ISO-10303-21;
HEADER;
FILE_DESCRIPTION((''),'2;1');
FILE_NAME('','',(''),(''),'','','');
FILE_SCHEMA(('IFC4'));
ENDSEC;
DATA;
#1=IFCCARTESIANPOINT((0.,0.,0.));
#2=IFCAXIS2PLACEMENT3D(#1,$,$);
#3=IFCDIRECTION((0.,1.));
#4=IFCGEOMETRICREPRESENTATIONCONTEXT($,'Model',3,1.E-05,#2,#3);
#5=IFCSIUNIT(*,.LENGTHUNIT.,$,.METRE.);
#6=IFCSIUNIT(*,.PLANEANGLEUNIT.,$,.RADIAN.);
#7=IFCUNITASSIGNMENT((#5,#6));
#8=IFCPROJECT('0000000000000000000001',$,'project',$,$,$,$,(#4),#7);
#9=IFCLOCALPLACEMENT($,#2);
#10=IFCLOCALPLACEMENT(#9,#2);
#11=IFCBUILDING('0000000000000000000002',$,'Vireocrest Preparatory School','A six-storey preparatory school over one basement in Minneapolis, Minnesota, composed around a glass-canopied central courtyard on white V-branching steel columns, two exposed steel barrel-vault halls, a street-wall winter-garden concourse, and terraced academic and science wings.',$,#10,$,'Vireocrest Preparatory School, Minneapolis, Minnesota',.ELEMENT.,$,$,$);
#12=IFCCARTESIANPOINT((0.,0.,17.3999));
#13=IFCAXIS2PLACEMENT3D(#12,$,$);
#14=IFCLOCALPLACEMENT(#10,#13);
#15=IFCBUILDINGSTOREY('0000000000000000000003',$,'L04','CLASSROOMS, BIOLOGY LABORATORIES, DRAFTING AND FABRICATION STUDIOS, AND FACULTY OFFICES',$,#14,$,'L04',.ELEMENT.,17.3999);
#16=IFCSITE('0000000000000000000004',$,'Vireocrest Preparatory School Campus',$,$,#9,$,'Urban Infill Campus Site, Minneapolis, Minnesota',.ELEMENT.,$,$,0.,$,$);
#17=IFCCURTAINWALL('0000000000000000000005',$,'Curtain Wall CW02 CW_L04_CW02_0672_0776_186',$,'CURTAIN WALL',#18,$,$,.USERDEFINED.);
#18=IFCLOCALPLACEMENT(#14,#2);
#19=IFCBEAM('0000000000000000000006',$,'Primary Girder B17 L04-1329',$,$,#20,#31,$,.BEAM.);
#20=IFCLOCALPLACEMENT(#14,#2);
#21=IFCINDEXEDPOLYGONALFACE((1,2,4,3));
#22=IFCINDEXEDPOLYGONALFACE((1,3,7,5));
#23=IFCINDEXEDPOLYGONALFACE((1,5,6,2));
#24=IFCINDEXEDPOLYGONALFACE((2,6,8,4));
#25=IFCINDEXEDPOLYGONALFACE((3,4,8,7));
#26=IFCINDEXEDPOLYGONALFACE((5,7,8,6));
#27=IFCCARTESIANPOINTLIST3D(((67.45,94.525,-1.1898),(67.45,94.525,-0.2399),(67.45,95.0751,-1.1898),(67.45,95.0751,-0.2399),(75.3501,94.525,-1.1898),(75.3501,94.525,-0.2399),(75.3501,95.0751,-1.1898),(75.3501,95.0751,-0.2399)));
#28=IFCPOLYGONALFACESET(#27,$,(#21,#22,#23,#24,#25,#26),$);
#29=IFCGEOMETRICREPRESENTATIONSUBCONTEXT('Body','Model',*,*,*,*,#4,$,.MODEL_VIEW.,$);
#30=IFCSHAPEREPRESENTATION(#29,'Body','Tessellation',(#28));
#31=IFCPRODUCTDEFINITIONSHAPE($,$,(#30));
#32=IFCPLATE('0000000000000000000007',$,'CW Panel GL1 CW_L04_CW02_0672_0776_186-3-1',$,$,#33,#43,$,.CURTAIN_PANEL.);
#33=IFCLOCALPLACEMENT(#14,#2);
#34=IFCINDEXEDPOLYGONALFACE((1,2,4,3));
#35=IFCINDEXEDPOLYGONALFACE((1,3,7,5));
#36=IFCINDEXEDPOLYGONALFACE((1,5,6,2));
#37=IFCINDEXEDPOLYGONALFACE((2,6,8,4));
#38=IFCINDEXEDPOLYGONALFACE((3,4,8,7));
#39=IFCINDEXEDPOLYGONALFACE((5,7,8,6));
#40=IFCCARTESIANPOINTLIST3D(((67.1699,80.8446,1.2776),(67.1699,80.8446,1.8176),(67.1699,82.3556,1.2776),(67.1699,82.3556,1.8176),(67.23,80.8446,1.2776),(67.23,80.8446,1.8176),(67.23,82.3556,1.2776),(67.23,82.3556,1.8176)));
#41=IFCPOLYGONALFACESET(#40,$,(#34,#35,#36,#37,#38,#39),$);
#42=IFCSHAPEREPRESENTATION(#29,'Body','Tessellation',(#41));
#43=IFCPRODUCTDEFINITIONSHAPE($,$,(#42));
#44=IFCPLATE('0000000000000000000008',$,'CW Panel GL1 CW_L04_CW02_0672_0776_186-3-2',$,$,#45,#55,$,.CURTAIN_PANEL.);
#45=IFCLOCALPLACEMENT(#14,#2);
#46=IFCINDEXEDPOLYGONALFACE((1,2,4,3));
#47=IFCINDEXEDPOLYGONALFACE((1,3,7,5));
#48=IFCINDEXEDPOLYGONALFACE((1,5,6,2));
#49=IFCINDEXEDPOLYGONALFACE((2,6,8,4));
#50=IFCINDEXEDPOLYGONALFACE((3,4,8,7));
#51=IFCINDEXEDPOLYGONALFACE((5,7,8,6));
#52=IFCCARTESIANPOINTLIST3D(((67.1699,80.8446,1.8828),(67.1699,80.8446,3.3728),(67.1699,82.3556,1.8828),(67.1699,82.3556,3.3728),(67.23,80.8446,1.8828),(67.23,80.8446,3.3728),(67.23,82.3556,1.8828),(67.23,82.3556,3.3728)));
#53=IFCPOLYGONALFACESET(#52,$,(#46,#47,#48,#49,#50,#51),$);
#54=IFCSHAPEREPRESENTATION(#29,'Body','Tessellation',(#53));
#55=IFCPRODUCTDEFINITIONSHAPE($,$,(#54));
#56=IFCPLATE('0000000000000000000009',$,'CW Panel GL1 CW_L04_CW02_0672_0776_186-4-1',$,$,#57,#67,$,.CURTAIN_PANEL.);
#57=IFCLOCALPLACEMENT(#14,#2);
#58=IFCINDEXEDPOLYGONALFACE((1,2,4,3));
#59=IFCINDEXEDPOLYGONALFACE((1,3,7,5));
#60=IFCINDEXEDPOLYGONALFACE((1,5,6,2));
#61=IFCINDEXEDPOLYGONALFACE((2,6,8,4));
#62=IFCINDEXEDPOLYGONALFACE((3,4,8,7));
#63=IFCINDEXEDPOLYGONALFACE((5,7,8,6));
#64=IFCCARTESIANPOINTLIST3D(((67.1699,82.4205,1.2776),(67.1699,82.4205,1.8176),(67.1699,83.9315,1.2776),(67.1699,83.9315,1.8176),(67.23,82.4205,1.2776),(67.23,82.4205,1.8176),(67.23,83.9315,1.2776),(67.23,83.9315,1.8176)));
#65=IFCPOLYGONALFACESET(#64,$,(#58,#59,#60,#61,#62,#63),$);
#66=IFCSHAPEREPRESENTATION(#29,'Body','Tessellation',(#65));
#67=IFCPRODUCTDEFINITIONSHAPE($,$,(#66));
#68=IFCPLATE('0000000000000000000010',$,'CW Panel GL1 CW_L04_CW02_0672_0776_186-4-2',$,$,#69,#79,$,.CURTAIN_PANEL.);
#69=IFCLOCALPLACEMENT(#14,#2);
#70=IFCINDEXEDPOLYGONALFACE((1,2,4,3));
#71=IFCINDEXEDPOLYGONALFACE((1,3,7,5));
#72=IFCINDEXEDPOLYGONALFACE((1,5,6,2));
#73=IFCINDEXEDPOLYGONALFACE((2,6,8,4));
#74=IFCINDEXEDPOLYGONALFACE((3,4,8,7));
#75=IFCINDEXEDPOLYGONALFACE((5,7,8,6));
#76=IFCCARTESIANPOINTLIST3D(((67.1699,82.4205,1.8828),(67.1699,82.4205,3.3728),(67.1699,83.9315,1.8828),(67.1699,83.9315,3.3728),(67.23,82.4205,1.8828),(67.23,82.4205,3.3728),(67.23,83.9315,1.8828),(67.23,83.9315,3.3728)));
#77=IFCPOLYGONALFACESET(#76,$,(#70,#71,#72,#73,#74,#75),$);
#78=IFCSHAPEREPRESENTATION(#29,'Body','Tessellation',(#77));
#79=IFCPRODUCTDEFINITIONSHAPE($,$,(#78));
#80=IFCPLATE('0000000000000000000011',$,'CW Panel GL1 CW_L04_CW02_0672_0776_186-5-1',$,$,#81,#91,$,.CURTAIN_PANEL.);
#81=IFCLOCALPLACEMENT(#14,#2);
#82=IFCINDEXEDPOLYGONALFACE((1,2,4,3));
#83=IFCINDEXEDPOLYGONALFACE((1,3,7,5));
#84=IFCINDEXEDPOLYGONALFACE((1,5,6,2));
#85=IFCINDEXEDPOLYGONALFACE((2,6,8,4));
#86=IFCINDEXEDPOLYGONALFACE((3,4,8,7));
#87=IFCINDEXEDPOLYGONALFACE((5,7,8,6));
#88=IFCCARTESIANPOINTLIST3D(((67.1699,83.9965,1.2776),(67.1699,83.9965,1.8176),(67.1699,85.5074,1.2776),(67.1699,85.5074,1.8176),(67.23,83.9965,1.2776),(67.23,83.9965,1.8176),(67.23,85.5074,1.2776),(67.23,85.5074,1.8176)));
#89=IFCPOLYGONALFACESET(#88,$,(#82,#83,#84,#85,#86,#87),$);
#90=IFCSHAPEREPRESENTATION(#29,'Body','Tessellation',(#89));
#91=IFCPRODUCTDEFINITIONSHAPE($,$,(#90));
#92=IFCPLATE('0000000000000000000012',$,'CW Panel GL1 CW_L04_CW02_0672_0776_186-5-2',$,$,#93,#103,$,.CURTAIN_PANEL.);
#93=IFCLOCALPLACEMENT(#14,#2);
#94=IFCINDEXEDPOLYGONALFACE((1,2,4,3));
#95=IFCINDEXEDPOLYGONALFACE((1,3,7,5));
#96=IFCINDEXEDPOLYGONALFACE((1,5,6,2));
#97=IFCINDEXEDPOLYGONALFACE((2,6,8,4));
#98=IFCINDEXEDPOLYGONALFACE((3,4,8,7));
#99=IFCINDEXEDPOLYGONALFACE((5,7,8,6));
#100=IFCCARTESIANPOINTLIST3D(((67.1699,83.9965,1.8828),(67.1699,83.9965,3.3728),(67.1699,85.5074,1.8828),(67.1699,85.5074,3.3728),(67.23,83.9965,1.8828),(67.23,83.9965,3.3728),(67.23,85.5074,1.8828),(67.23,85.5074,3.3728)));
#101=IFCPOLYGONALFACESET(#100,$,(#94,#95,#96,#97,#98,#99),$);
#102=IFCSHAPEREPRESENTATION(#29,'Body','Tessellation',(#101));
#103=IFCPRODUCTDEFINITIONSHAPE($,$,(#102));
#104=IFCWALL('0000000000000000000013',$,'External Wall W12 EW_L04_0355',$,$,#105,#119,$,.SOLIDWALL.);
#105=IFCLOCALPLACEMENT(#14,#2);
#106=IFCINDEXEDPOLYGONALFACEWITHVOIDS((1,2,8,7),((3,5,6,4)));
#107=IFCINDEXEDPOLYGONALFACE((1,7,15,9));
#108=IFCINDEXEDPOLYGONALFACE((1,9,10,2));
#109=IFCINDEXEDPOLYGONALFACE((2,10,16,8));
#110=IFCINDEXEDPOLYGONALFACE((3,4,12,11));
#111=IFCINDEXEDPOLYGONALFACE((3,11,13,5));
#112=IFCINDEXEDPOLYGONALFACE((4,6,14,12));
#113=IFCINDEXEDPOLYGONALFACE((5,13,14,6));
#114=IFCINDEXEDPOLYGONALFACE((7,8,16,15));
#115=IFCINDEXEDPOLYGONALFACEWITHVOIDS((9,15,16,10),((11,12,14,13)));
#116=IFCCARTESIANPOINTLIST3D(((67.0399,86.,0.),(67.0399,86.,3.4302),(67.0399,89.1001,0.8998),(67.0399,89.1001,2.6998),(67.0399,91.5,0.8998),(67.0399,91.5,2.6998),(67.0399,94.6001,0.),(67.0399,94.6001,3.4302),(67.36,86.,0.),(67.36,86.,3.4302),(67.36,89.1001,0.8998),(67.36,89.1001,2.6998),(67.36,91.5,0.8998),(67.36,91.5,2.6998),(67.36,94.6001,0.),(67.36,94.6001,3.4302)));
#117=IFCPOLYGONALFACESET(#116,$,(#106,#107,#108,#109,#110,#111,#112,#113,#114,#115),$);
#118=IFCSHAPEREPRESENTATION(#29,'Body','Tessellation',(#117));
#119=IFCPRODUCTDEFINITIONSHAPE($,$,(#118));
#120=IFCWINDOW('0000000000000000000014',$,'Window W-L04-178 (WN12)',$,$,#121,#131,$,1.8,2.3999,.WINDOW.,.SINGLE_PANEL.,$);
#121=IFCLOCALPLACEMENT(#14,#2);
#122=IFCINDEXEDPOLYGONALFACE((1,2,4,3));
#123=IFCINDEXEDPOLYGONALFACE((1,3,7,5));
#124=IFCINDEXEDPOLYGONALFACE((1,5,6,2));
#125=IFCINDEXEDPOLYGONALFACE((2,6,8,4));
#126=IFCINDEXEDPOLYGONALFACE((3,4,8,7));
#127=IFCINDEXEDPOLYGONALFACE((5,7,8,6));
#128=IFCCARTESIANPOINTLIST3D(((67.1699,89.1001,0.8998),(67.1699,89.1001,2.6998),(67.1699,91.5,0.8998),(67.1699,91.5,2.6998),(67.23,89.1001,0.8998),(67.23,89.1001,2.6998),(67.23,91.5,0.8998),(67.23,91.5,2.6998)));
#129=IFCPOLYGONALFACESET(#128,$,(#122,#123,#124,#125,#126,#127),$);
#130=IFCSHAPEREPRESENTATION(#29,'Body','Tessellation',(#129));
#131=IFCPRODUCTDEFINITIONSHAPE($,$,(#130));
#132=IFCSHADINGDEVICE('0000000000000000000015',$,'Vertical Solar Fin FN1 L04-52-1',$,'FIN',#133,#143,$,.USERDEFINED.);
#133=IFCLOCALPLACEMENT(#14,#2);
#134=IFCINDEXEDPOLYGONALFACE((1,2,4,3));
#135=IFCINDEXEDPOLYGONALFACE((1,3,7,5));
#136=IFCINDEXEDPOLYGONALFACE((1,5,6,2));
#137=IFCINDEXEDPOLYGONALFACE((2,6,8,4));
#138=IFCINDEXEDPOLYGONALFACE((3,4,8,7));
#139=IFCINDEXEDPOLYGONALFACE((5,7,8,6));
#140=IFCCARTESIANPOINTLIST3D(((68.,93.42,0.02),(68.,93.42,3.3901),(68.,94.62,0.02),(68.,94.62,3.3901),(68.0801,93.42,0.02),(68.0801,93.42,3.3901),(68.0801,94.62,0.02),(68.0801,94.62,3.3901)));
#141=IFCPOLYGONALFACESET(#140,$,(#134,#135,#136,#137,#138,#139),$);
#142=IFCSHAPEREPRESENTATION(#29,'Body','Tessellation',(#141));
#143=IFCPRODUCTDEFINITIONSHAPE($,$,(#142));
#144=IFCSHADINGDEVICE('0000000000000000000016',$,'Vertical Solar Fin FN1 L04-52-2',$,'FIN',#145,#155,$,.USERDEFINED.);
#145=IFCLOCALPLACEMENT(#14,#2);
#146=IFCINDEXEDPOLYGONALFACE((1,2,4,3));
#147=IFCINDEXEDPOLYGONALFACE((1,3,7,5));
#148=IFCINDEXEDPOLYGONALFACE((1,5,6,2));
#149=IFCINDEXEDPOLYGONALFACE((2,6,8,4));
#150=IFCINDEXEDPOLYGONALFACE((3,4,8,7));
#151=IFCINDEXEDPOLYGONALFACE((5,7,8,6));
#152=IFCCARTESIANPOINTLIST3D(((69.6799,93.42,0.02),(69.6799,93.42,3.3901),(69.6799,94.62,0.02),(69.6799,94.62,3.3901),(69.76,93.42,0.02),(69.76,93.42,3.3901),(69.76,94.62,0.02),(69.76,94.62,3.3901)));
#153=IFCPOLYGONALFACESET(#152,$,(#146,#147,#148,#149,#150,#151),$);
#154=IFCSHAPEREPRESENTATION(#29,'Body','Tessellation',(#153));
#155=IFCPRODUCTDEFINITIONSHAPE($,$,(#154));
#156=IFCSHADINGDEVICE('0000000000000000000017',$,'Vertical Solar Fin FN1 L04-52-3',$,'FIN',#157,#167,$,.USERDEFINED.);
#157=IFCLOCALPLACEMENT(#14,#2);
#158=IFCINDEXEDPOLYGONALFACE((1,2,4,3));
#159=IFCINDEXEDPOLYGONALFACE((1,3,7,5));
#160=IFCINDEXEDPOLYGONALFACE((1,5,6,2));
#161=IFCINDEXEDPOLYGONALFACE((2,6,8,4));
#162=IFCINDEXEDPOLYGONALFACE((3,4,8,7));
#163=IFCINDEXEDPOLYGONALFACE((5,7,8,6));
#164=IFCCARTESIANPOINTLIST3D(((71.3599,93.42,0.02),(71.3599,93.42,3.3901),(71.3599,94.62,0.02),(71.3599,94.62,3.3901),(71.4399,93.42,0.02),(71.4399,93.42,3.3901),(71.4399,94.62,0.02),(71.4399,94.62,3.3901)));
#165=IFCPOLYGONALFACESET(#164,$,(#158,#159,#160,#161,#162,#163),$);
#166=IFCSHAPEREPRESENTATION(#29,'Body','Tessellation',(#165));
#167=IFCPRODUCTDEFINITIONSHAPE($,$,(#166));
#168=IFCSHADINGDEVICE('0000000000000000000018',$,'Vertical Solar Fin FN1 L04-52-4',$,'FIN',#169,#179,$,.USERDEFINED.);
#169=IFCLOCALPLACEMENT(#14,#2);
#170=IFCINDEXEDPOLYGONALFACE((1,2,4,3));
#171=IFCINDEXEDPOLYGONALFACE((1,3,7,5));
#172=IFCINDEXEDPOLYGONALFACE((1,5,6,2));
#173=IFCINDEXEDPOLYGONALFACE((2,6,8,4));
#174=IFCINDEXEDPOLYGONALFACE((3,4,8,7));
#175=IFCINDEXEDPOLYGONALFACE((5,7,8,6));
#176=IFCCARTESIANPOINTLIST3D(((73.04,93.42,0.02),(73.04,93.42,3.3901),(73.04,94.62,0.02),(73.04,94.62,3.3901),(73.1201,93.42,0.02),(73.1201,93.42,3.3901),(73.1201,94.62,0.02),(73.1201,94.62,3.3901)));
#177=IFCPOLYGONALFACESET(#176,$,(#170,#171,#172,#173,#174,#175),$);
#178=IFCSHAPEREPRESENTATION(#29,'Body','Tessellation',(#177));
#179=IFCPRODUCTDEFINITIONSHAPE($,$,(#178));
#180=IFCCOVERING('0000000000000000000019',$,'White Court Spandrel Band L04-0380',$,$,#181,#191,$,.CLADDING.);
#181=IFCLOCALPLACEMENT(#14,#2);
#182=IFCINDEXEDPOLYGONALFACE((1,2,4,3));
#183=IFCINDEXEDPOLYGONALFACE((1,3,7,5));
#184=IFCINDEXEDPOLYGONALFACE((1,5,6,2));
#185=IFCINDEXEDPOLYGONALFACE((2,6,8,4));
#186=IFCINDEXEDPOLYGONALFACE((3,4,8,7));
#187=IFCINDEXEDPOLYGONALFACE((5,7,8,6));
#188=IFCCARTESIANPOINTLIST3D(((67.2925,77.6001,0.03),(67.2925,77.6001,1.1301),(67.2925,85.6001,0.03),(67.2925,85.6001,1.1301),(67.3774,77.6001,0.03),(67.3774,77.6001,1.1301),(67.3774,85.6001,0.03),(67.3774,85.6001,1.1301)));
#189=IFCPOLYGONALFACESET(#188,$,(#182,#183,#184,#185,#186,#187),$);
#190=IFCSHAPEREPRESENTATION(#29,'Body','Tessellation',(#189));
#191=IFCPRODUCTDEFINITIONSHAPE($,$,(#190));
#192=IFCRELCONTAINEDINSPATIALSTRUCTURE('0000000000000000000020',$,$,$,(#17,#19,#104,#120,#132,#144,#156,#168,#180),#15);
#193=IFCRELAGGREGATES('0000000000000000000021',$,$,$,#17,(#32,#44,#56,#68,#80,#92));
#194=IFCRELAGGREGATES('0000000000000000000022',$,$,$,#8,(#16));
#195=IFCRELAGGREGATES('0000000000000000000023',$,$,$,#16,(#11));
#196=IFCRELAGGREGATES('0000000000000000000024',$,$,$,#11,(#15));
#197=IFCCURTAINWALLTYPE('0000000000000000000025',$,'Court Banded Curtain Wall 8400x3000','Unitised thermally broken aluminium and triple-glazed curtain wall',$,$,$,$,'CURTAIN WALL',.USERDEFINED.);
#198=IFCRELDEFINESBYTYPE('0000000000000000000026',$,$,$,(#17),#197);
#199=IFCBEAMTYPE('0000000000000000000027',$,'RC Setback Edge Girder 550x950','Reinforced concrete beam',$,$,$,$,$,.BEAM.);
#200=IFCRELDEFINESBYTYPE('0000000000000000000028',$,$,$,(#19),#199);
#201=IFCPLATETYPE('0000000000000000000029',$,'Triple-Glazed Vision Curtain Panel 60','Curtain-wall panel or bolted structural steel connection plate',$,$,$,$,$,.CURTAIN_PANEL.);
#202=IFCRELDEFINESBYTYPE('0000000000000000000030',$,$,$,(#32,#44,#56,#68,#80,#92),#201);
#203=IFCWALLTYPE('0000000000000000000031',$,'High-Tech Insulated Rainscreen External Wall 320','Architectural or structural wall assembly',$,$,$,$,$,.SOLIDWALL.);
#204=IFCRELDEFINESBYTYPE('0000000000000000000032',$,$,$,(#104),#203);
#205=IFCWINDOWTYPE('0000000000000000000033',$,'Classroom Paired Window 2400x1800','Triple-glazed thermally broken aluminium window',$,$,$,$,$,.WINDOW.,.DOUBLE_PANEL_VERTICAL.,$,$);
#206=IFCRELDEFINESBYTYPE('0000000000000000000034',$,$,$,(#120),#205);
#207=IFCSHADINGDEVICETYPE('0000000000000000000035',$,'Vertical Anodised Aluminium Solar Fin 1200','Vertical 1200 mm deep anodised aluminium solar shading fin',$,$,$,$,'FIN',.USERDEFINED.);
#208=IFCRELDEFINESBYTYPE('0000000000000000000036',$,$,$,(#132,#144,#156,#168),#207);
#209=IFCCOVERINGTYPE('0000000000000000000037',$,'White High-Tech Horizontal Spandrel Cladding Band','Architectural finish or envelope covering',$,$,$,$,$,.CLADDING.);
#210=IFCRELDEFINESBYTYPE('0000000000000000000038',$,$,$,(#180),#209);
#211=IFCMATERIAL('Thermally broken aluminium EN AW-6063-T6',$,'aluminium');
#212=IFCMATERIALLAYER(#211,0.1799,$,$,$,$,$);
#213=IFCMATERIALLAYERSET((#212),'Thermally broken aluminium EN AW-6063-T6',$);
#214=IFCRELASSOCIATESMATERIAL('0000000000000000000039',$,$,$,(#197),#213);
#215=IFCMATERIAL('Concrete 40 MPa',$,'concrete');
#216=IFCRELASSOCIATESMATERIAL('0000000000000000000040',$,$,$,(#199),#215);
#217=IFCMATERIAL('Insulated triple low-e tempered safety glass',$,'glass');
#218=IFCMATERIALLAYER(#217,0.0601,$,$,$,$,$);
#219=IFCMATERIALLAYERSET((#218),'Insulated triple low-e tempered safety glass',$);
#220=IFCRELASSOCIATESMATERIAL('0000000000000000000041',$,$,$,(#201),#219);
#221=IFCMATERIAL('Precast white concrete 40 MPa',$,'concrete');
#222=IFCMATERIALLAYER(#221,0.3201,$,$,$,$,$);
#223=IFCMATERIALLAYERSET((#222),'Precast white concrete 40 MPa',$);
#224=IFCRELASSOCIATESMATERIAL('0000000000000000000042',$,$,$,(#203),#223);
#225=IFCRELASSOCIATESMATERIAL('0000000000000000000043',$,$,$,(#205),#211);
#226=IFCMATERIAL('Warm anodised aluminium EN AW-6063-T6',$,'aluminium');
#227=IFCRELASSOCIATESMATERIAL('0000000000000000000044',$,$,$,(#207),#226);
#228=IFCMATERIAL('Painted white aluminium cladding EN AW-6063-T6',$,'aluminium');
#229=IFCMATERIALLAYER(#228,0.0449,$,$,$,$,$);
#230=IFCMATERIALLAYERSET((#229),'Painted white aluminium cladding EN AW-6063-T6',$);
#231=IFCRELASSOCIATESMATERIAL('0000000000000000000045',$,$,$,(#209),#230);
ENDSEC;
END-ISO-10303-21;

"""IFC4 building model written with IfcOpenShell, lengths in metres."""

from ifc_helpers import new_model, si_unit, direction, frame, frame_2d, origin, origin_2d, place, context, subcontext, project, spatial, rectangle, extrude, material, layer, layer_set, material_profile, profile_set, type_object, element, fill, aggregate, save


model = new_model("IFC4")

# Units and contexts
model_context = context("Model", 3, precision=1e-05, world=origin(), true_north=direction((0.0, 1.0)))
body_context = subcontext(model_context, "Body", "Model", "MODEL_VIEW")
ifc_project = project(units=[si_unit("LENGTHUNIT", "METRE"), si_unit("PLANEANGLEUNIT", "RADIAN")], contexts=[model_context])

# Site, building, storey
site_placement = place(None, origin())
site = spatial("IfcSite", under=ifc_project, at=site_placement, Name="Vireocrest Preparatory School Campus", LongName="Urban Infill Campus Site, Minneapolis, Minnesota", CompositionType="ELEMENT", RefElevation=0.0)
building_placement = place(site_placement, origin())
building = spatial("IfcBuilding", under=site, at=building_placement, Name="Vireocrest Preparatory School", Description="A six-storey preparatory school over one basement in Minneapolis, Minnesota, composed around a glass-canopied central courtyard on white V-branching steel columns, two exposed steel barrel-vault halls, a street-wall winter-garden concourse, and terraced academic and science wings.", LongName="Vireocrest Preparatory School, Minneapolis, Minnesota", CompositionType="ELEMENT")
storey_placement = place(building_placement, frame((0.0, 0.0, 17.3999)))
storey = spatial("IfcBuildingStorey", under=building, at=storey_placement, Name="L04", Description="CLASSROOMS, BIOLOGY LABORATORIES, DRAFTING AND FABRICATION STUDIOS, AND FACULTY OFFICES", LongName="L04", CompositionType="ELEMENT", Elevation=17.3999)

# Curtain wall
ifc_material_1 = material(Name="Thermally broken aluminium EN AW-6063-T6", Category="aluminium")
ifc_layer_1 = layer(ifc_material_1, 0.1799)
ifc_layer_set_1 = layer_set([ifc_layer_1], Name="Thermally broken aluminium EN AW-6063-T6")
curtain_wall_type_1 = type_object("IfcCurtainWallType", Name="Court Banded Curtain Wall 8400x3000", Description="Unitised thermally broken aluminium and triple-glazed curtain wall", ElementType="CURTAIN WALL", PredefinedType="USERDEFINED", material=ifc_layer_set_1)
curtain_wall_1_placement = place(storey_placement, origin())
curtain_wall_1 = element("IfcCurtainWall", 1, at=curtain_wall_1_placement, inside=storey, type_object=curtain_wall_type_1, Name="Curtain Wall CW02 CW_L04_CW02_0672_0776_186", ObjectType="CURTAIN WALL", PredefinedType="USERDEFINED")

# Beam
ifc_material_2 = material(Name="Concrete 40 MPa", Category="concrete")
ifc_material_profile_1 = material_profile(ifc_material_2, rectangle(XDim=0.55, YDim=0.95, at=origin_2d()), Name="RC 550x950")
ifc_profile_set_1 = profile_set([ifc_material_profile_1], Name="Concrete 40 MPa")
beam_type_1 = type_object("IfcBeamType", Name="RC Setback Edge Girder 550x950", Description="Reinforced concrete beam", PredefinedType="BEAM", material=ifc_profile_set_1)
beam_1_placement = place(storey_placement, frame((67.45, 94.8, -0.7148), z_axis=(1.0, 0.0, 0.0), x_axis=(0.0, 1.0, 0.0)))
element("IfcBeam", 2, at=beam_1_placement, inside=storey, type_object=beam_type_1, Name="Primary Girder B17 L04-1329", PredefinedType="BEAM", context=body_context, shape_type="SweptSolid", body=[
    extrude(rectangle(XDim=0.55, YDim=0.95, at=origin_2d()), origin(), (0.0, 0.0, 1.0), 7.9001),
])

# Plates
ifc_material_3 = material(Name="Insulated triple low-e tempered safety glass", Category="glass")
ifc_layer_2 = layer(ifc_material_3, 0.0601)
ifc_layer_set_2 = layer_set([ifc_layer_2], Name="Insulated triple low-e tempered safety glass")
plate_type = type_object("IfcPlateType", Name="Triple-Glazed Vision Curtain Panel 60", Description="Curtain-wall panel or bolted structural steel connection plate", PredefinedType="CURTAIN_PANEL", material=ifc_layer_set_2)
plate_1_placement = place(storey_placement, frame((67.2, 81.6001, 1.2776), z_axis=(0.0, 0.0, 1.0), x_axis=(0.0, 1.0, 0.0)))
plate_1 = element("IfcPlate", 3, at=plate_1_placement, type_object=plate_type, Name="CW Panel GL1 CW_L04_CW02_0672_0776_186-3-1", PredefinedType="CURTAIN_PANEL", context=body_context, shape_type="SweptSolid", body=[
    extrude(rectangle(XDim=1.511, YDim=0.0601, at=origin_2d()), origin(), (0.0, 0.0, 1.0), 0.54),
])
plate_2_placement = place(storey_placement, frame((67.2, 81.6001, 1.8828), z_axis=(0.0, 0.0, 1.0), x_axis=(0.0, 1.0, 0.0)))
plate_2 = element("IfcPlate", 4, at=plate_2_placement, type_object=plate_type, Name="CW Panel GL1 CW_L04_CW02_0672_0776_186-3-2", PredefinedType="CURTAIN_PANEL", context=body_context, shape_type="SweptSolid", body=[
    extrude(rectangle(XDim=1.511, YDim=0.0601, at=origin_2d()), origin(), (0.0, 0.0, 1.0), 1.49),
])
plate_3_placement = place(storey_placement, frame((67.2, 83.176, 1.2776), z_axis=(0.0, 0.0, 1.0), x_axis=(0.0, 1.0, 0.0)))
plate_3 = element("IfcPlate", 5, at=plate_3_placement, type_object=plate_type, Name="CW Panel GL1 CW_L04_CW02_0672_0776_186-4-1", PredefinedType="CURTAIN_PANEL", context=body_context, shape_type="SweptSolid", body=[
    extrude(rectangle(XDim=1.511, YDim=0.0601, at=origin_2d()), origin(), (0.0, 0.0, 1.0), 0.54),
])
plate_4_placement = place(storey_placement, frame((67.2, 83.176, 1.8828), z_axis=(0.0, 0.0, 1.0), x_axis=(0.0, 1.0, 0.0)))
plate_4 = element("IfcPlate", 6, at=plate_4_placement, type_object=plate_type, Name="CW Panel GL1 CW_L04_CW02_0672_0776_186-4-2", PredefinedType="CURTAIN_PANEL", context=body_context, shape_type="SweptSolid", body=[
    extrude(rectangle(XDim=1.511, YDim=0.0601, at=origin_2d()), origin(), (0.0, 0.0, 1.0), 1.49),
])
plate_5_placement = place(storey_placement, frame((67.2, 84.752, 1.2776), z_axis=(0.0, 0.0, 1.0), x_axis=(0.0, 1.0, 0.0)))
plate_5 = element("IfcPlate", 7, at=plate_5_placement, type_object=plate_type, Name="CW Panel GL1 CW_L04_CW02_0672_0776_186-5-1", PredefinedType="CURTAIN_PANEL", context=body_context, shape_type="SweptSolid", body=[
    extrude(rectangle(XDim=1.511, YDim=0.0601, at=origin_2d()), origin(), (0.0, 0.0, 1.0), 0.54),
])
plate_6_placement = place(storey_placement, frame((67.2, 84.752, 1.8828), z_axis=(0.0, 0.0, 1.0), x_axis=(0.0, 1.0, 0.0)))
plate_6 = element("IfcPlate", 8, at=plate_6_placement, type_object=plate_type, Name="CW Panel GL1 CW_L04_CW02_0672_0776_186-5-2", PredefinedType="CURTAIN_PANEL", context=body_context, shape_type="SweptSolid", body=[
    extrude(rectangle(XDim=1.511, YDim=0.0601, at=origin_2d()), origin(), (0.0, 0.0, 1.0), 1.49),
])
aggregate(curtain_wall_1, [plate_1, plate_2, plate_3, plate_4, plate_5, plate_6])

# Wall, opening, window
ifc_material_4 = material(Name="Precast white concrete 40 MPa", Category="concrete")
ifc_layer_3 = layer(ifc_material_4, 0.3201)
ifc_layer_set_3 = layer_set([ifc_layer_3], Name="Precast white concrete 40 MPa")
wall_type = type_object("IfcWallType", Name="High-Tech Insulated Rainscreen External Wall 320", Description="Architectural or structural wall assembly", PredefinedType="SOLIDWALL", material=ifc_layer_set_3)
wall_placement = place(storey_placement, frame((67.2, 86.0, 0.0), z_axis=(0.0, 0.0, 1.0), x_axis=(0.0, 1.0, 0.0)))
wall = element("IfcWall", 9, at=wall_placement, inside=storey, type_object=wall_type, Name="External Wall W12 EW_L04_0355", PredefinedType="SOLIDWALL", context=body_context, shape_type="SweptSolid", body=[
    extrude(rectangle(XDim=8.6001, YDim=0.3201, at=frame_2d((4.3, 0.0))), origin(), (0.0, 0.0, 1.0), 3.4302),
])
opening_placement = place(wall_placement, frame((3.1001, 0.0, 0.8999)))
opening = element("IfcOpeningElement", 10, at=opening_placement, cuts=wall, PredefinedType="OPENING", context=body_context, shape_type="SweptSolid", body=[
    extrude(rectangle(XDim=2.3999, YDim=1.8, at=frame_2d((1.2, 0.8999))), frame((0.0, 0.1699, 0.0), z_axis=(0.0, -1.0, 0.0), x_axis=(1.0, 0.0, 0.0)), (0.0, 0.0, 1.0), 0.3401),
])
window_type = type_object("IfcWindowType", Name="Classroom Paired Window 2400x1800", Description="Triple-glazed thermally broken aluminium window", PartitioningType="DOUBLE_PANEL_VERTICAL", PredefinedType="WINDOW", material=ifc_material_1)
window_placement = place(opening_placement, origin())
window = element("IfcWindow", 11, at=window_placement, inside=storey, type_object=window_type, Name="Window W-L04-178 (WN12)", OverallHeight=1.8, OverallWidth=2.3999, PartitioningType="SINGLE_PANEL", PredefinedType="WINDOW", context=body_context, shape_type="SweptSolid", body=[
    extrude(rectangle(XDim=2.3999, YDim=1.8, at=frame_2d((1.2, 0.8999))), frame((0.0, 0.03, 0.0), z_axis=(0.0, -1.0, 0.0), x_axis=(1.0, 0.0, 0.0)), (0.0, 0.0, 1.0), 0.0601),
])
fill(opening, window)

# Shading devices
ifc_material_5 = material(Name="Warm anodised aluminium EN AW-6063-T6", Category="aluminium")
ifc_material_profile_2 = material_profile(ifc_material_5, rectangle(XDim=0.0801, YDim=1.2, at=origin_2d()), Name="FIN 80x1200")
ifc_profile_set_2 = profile_set([ifc_material_profile_2], Name="Warm anodised aluminium EN AW-6063-T6")
shading_device_type = type_object("IfcShadingDeviceType", Name="Vertical Anodised Aluminium Solar Fin 1200", Description="Vertical 1200 mm deep anodised aluminium solar shading fin", ElementType="FIN", PredefinedType="USERDEFINED", material=ifc_profile_set_2)
for number, where, z_axis, x_axis, name in (
    (12, (68.04, 94.02, 0.02), (0.0, 0.0, 1.0), (-1.0, 0.0, 0.0), "Vertical Solar Fin FN1 L04-52-1"),
    (13, (69.72, 94.02, 0.02), (0.0, 0.0, 1.0), (-1.0, 0.0, 0.0), "Vertical Solar Fin FN1 L04-52-2"),
    (14, (71.3999, 94.02, 0.02), (0.0, 0.0, 1.0), (-1.0, 0.0, 0.0), "Vertical Solar Fin FN1 L04-52-3"),
    (15, (73.0801, 94.02, 0.02), (0.0, 0.0, 1.0), (-1.0, 0.0, 0.0), "Vertical Solar Fin FN1 L04-52-4"),
):
    element("IfcShadingDevice", number, at=place(storey_placement, frame(where, z_axis=z_axis, x_axis=x_axis)), inside=storey, type_object=shading_device_type, Name=name, ObjectType="FIN", PredefinedType="USERDEFINED", context=body_context, shape_type="SweptSolid", body=[
        extrude(rectangle(XDim=0.0801, YDim=1.2, at=origin_2d()), origin(), (0.0, 0.0, 1.0), 3.3701),
    ])

# Covering
ifc_material_6 = material(Name="Painted white aluminium cladding EN AW-6063-T6", Category="aluminium")
ifc_layer_4 = layer(ifc_material_6, 0.0449)
ifc_layer_set_4 = layer_set([ifc_layer_4], Name="Painted white aluminium cladding EN AW-6063-T6")
covering_type = type_object("IfcCoveringType", Name="White High-Tech Horizontal Spandrel Cladding Band", Description="Architectural finish or envelope covering", PredefinedType="CLADDING", material=ifc_layer_set_4)
covering_placement = place(storey_placement, frame((67.335, 81.6001, 0.03), z_axis=(0.0, 0.0, 1.0), x_axis=(1.0, 0.0, 0.0)))
element("IfcCovering", 16, at=covering_placement, inside=storey, type_object=covering_type, Name="White Court Spandrel Band L04-0380", PredefinedType="CLADDING", context=body_context, shape_type="SweptSolid", body=[
    extrude(rectangle(XDim=0.085, YDim=8.0, at=origin_2d()), origin(), (0.0, 0.0, 1.0), 1.1001),
])

save(model, "model.ifc")
